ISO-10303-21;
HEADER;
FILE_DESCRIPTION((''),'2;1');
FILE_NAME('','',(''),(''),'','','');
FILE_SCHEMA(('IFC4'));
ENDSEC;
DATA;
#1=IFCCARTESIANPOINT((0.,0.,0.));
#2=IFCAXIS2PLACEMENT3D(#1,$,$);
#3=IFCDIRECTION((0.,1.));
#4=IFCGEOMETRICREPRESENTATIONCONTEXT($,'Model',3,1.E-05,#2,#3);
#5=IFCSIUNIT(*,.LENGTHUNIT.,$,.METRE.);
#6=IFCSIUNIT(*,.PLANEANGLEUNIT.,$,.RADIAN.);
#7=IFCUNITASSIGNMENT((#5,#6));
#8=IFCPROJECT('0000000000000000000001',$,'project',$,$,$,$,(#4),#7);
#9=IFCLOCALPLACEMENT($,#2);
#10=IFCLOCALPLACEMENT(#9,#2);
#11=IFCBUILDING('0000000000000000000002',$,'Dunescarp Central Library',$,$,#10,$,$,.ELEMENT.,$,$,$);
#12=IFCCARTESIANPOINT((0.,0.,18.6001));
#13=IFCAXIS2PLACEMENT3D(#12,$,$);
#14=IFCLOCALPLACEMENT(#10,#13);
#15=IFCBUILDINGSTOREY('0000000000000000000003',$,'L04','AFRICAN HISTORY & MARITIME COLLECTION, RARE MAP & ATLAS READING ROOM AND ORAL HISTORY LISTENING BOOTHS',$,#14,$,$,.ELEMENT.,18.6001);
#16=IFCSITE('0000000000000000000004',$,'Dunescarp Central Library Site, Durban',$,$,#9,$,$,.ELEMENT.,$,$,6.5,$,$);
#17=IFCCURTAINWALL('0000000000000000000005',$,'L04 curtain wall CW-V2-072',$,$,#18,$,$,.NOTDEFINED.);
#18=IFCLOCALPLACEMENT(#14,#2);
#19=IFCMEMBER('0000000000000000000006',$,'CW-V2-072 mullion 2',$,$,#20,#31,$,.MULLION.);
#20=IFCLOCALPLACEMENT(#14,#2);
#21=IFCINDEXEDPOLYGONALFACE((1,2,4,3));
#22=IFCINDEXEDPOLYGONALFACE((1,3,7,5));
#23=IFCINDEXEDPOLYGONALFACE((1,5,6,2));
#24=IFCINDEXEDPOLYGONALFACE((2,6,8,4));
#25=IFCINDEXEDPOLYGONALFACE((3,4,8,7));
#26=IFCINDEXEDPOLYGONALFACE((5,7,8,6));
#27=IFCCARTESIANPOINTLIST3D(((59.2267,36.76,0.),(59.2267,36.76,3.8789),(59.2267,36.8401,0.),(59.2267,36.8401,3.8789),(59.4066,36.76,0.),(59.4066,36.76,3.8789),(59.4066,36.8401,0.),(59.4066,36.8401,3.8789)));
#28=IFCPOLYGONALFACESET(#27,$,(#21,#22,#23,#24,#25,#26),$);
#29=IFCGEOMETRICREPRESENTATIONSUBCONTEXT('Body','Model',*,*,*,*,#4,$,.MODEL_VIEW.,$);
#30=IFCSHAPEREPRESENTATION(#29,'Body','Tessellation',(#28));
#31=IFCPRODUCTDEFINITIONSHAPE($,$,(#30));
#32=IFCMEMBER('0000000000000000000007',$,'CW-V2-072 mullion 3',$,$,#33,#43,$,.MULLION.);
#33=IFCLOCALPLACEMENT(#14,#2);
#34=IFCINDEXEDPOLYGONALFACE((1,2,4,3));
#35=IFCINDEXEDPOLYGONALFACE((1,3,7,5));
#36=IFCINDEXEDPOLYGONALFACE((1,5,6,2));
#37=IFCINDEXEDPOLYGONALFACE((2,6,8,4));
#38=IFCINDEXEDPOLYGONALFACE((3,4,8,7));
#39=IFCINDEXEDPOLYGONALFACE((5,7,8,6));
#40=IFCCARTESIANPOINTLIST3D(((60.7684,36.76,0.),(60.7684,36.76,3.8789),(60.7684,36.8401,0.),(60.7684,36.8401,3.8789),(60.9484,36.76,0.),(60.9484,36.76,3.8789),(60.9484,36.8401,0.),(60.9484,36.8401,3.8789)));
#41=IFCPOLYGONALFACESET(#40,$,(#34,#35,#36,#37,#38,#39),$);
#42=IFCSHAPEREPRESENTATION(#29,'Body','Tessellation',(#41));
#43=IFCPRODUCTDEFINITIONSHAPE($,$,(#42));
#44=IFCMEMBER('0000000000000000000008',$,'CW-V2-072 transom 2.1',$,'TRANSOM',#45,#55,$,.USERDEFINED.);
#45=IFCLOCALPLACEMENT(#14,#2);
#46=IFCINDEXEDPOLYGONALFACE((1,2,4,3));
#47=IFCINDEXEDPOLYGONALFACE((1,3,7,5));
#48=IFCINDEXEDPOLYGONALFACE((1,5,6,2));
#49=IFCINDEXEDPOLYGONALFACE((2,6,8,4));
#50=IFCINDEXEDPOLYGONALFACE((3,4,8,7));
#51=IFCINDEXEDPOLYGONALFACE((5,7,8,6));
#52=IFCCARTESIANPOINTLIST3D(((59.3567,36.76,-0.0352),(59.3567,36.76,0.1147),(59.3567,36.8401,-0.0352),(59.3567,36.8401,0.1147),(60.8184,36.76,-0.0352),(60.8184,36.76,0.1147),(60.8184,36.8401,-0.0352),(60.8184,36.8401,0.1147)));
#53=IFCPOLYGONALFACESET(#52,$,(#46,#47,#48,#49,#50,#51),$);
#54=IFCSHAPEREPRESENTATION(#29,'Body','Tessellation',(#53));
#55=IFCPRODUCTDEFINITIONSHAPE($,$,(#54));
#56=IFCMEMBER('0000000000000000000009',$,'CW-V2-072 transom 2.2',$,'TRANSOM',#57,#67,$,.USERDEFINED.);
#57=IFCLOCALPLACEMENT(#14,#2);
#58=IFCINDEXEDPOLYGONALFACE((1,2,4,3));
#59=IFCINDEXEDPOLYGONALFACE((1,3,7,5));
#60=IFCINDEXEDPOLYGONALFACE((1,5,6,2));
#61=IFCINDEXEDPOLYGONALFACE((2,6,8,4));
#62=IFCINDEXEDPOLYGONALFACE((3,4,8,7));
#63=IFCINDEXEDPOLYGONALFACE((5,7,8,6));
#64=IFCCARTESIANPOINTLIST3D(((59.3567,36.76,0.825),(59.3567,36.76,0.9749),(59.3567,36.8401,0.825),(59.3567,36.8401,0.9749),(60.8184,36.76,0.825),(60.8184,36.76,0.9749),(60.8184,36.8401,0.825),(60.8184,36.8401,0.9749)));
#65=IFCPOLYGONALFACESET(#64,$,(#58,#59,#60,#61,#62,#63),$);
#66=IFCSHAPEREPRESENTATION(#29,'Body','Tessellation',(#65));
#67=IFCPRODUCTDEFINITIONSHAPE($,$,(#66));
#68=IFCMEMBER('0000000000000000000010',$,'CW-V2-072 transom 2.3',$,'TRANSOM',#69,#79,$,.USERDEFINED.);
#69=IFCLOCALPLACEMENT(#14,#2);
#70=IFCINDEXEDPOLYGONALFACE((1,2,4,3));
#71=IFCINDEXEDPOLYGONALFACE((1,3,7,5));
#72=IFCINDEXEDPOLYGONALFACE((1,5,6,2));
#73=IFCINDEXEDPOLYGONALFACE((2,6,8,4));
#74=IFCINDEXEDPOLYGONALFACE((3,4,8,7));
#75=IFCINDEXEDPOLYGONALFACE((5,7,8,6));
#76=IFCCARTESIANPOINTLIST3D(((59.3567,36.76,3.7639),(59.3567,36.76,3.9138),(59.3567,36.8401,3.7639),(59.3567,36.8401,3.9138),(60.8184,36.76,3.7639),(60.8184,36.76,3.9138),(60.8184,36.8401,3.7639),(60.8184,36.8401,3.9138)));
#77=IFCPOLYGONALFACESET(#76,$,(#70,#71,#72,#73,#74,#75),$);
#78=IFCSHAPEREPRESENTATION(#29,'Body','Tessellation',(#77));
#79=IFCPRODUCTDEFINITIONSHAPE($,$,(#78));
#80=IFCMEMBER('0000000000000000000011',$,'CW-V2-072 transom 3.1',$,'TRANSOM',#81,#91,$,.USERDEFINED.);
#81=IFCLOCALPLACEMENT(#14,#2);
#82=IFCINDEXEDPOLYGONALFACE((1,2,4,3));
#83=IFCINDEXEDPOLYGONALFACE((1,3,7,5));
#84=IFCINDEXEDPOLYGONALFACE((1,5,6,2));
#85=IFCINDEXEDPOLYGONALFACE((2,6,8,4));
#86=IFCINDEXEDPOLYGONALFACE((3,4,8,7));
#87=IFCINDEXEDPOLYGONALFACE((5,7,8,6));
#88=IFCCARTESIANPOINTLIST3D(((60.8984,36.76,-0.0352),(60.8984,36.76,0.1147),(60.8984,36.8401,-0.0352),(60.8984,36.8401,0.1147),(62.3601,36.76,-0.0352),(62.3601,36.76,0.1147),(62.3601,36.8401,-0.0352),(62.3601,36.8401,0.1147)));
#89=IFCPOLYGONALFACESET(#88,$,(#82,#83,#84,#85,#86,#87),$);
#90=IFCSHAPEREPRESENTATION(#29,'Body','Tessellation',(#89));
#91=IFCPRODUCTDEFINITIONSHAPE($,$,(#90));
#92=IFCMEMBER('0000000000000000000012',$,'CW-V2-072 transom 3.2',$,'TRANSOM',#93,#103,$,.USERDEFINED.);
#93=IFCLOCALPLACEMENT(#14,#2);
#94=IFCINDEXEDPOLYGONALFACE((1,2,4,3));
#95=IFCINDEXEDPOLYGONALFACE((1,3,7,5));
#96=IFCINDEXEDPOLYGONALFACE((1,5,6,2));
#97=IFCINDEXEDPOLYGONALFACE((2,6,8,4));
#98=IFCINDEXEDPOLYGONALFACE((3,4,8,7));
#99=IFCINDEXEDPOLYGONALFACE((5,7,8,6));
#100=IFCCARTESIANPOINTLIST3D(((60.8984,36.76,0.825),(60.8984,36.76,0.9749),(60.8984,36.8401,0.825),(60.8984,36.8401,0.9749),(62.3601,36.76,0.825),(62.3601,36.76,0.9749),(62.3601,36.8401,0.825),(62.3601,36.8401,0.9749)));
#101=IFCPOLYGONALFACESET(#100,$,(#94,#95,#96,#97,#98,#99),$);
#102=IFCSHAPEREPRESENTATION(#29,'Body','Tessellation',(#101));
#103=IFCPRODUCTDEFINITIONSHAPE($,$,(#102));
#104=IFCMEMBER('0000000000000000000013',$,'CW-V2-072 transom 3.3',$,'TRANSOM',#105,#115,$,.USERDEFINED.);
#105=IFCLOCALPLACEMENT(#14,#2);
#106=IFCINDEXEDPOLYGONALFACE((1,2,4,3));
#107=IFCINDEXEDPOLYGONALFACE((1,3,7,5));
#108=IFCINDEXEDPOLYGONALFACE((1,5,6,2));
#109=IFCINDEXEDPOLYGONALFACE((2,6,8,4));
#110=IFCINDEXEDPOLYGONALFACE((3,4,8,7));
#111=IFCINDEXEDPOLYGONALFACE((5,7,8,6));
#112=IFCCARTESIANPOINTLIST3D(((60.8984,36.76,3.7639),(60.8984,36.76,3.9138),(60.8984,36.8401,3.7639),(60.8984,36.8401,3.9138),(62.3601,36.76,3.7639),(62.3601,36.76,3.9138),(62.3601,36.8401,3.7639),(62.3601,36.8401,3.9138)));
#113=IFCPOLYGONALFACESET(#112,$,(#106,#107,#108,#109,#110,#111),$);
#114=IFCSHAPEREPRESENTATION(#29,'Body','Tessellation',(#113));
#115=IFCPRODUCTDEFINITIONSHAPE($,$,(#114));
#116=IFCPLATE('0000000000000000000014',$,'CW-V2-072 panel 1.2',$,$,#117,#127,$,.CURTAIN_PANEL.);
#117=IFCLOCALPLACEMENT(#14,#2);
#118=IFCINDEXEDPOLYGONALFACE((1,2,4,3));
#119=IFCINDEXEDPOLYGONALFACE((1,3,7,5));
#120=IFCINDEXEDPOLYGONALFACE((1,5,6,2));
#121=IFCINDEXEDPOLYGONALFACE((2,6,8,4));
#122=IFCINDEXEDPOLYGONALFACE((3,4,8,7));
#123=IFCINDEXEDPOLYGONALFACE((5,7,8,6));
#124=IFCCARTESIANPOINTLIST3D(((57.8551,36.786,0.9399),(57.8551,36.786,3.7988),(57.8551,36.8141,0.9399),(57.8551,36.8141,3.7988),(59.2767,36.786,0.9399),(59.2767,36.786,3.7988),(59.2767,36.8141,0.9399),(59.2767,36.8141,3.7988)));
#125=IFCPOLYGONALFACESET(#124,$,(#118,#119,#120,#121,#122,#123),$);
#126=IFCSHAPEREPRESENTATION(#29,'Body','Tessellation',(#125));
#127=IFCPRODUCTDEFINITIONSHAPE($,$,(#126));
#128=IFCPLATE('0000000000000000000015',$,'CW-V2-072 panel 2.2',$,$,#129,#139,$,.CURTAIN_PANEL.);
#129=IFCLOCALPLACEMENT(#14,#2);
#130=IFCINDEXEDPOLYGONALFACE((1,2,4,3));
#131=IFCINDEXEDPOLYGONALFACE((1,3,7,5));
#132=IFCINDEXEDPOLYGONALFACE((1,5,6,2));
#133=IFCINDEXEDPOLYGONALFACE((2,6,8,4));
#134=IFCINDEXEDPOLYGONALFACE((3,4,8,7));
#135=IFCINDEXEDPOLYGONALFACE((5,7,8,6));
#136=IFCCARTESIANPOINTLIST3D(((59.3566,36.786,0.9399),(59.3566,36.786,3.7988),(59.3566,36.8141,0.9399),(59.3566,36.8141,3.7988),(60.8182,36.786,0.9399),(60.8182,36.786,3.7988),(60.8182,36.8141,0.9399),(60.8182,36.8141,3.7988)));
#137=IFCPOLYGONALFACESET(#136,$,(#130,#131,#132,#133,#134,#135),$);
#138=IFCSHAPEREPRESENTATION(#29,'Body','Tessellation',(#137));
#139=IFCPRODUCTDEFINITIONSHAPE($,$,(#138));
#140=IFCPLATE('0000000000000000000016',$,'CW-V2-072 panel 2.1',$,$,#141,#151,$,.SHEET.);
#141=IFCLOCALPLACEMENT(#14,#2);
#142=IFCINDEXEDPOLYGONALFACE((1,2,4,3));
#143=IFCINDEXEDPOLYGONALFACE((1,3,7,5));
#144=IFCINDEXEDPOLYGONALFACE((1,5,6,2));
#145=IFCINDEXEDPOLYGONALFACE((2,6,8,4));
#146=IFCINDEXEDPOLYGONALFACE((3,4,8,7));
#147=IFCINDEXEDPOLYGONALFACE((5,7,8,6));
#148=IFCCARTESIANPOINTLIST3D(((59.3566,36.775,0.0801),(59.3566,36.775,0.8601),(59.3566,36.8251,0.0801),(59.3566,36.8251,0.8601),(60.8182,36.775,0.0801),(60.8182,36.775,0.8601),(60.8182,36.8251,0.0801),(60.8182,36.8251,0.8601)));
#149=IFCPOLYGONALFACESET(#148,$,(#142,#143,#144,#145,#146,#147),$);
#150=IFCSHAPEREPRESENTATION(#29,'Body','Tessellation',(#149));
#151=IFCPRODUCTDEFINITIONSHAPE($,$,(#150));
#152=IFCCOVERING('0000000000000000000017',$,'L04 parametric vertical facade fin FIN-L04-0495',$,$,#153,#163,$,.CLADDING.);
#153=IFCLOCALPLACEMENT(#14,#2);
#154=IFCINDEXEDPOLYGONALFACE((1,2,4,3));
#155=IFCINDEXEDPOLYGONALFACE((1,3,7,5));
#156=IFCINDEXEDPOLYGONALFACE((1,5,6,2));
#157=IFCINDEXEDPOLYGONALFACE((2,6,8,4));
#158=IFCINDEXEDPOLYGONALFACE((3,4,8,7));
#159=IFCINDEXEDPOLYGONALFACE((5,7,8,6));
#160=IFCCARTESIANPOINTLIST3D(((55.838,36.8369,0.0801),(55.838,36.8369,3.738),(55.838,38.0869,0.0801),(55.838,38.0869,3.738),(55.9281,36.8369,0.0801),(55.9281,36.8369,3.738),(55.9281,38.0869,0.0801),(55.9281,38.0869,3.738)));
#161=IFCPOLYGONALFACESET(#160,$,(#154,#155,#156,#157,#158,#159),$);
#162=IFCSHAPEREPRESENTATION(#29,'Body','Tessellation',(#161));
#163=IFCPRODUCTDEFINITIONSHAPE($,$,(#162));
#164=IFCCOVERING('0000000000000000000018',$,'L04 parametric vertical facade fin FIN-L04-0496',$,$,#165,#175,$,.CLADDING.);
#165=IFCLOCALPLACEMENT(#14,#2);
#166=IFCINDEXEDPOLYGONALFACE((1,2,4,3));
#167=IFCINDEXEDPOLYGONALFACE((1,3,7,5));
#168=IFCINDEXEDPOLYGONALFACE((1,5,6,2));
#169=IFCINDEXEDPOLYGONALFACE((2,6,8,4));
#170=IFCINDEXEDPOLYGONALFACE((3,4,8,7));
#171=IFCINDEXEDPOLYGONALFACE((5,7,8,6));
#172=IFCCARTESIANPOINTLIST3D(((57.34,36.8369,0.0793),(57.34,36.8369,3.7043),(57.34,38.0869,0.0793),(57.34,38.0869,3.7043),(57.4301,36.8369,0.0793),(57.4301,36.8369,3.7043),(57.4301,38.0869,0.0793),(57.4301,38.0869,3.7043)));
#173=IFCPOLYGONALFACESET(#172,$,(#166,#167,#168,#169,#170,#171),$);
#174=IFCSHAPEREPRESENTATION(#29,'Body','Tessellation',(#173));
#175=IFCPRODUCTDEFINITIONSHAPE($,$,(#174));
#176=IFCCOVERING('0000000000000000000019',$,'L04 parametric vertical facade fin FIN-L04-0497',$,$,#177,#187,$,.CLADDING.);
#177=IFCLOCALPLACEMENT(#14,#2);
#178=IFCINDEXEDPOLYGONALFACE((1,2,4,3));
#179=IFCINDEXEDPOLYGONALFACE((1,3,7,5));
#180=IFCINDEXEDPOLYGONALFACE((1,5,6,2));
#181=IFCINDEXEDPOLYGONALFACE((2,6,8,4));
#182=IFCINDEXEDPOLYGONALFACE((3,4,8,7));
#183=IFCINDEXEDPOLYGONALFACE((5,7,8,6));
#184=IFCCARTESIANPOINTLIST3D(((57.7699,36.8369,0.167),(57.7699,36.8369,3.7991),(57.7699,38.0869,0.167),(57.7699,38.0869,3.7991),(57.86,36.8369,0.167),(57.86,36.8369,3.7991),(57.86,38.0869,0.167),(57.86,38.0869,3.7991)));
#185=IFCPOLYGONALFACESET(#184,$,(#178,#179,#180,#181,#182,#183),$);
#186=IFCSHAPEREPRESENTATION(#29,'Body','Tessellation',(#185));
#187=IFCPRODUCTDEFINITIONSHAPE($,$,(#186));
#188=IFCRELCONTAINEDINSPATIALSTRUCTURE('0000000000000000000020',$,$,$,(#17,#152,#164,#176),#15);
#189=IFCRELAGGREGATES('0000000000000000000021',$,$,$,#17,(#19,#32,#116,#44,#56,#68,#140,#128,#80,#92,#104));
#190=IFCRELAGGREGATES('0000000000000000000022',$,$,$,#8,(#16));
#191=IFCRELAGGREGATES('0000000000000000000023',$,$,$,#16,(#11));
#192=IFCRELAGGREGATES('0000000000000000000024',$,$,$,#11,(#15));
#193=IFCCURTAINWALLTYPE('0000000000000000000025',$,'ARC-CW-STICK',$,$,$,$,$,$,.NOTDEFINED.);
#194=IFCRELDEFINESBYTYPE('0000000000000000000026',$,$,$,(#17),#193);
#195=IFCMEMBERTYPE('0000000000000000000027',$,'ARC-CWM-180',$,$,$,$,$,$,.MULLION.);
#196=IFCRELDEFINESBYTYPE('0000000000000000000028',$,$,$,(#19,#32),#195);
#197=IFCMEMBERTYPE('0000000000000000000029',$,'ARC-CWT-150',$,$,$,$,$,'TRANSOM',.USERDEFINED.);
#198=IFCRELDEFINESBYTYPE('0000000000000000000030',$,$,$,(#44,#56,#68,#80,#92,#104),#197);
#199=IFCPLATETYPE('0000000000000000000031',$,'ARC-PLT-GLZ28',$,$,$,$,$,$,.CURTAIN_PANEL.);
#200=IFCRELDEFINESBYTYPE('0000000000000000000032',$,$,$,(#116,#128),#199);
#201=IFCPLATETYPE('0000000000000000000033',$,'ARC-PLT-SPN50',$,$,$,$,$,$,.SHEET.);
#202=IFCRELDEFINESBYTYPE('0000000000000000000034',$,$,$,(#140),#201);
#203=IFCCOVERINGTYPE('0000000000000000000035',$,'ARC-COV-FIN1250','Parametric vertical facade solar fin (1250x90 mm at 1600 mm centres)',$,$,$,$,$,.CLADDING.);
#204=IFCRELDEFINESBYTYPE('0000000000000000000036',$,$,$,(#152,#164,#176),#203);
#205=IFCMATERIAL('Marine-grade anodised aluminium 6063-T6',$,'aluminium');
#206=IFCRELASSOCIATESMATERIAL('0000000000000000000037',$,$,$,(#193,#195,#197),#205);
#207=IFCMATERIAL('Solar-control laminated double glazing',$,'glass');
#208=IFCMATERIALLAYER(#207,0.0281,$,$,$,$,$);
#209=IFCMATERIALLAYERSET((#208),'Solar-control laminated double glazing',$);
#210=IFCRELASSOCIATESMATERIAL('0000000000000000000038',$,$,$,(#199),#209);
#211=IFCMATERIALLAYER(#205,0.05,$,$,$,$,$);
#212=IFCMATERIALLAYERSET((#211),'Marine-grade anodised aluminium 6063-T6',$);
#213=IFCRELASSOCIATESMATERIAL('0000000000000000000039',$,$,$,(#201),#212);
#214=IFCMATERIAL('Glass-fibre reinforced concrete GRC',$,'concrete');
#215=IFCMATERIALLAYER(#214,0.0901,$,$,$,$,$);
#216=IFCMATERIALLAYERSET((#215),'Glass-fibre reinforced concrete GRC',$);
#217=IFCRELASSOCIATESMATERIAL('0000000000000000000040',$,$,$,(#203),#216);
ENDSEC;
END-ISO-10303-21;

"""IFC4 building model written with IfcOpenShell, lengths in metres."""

from ifc_helpers import new_model, si_unit, direction, frame, origin, origin_2d, place, context, subcontext, project, spatial, rectangle, extrude, material, layer, layer_set, material_profile, profile_set, type_object, element, aggregate, save


model = new_model("IFC4")

# Units and contexts
model_context = context("Model", 3, precision=1e-05, world=origin(), true_north=direction((0.0, 1.0)))
body_context = subcontext(model_context, "Body", "Model", "MODEL_VIEW")
ifc_project = project(units=[si_unit("LENGTHUNIT", "METRE"), si_unit("PLANEANGLEUNIT", "RADIAN")], contexts=[model_context])

# Site, building, storey
site_placement = place(None, origin())
site = spatial("IfcSite", under=ifc_project, at=site_placement, Name="Dunescarp Central Library Site, Durban", CompositionType="ELEMENT", RefElevation=6.5)
building_placement = place(site_placement, origin())
building = spatial("IfcBuilding", under=site, at=building_placement, Name="Dunescarp Central Library", CompositionType="ELEMENT")
storey_placement = place(building_placement, frame((0.0, 0.0, 18.6001)))
storey = spatial("IfcBuildingStorey", under=building, at=storey_placement, Name="L04", Description="AFRICAN HISTORY & MARITIME COLLECTION, RARE MAP & ATLAS READING ROOM AND ORAL HISTORY LISTENING BOOTHS", CompositionType="ELEMENT", Elevation=18.6001)

# Curtain wall, members, plates
ifc_material_1 = material(Name="Marine-grade anodised aluminium 6063-T6", Category="aluminium")
curtain_wall_type = type_object("IfcCurtainWallType", Name="ARC-CW-STICK", PredefinedType="NOTDEFINED", material=ifc_material_1)
curtain_wall_placement = place(storey_placement, origin())
curtain_wall = element("IfcCurtainWall", 1, at=curtain_wall_placement, inside=storey, type_object=curtain_wall_type, Name="L04 curtain wall CW-V2-072", PredefinedType="NOTDEFINED")
ifc_material_profile_1 = material_profile(ifc_material_1, rectangle(XDim=0.0801, YDim=0.1799, at=origin_2d()), Name="AL 80x180")
ifc_profile_set_1 = profile_set([ifc_material_profile_1], Name="Marine-grade anodised aluminium 6063-T6")
member_type_1 = type_object("IfcMemberType", Name="ARC-CWM-180", PredefinedType="MULLION", material=ifc_profile_set_1)
member_1_placement = place(storey_placement, frame((59.3167, 36.8, 0.0), z_axis=(0.0, 0.0, 1.0), x_axis=(0.0, 1.0, 0.0)))
member_1 = element("IfcMember", 2, at=member_1_placement, type_object=member_type_1, Name="CW-V2-072 mullion 2", PredefinedType="MULLION", context=body_context, shape_type="SweptSolid", body=[
    extrude(rectangle(XDim=0.0801, YDim=0.1799, at=origin_2d()), origin(), (0.0, 0.0, 1.0), 3.8789),
])
member_2_placement = place(storey_placement, frame((60.8584, 36.8, 0.0), z_axis=(0.0, 0.0, 1.0), x_axis=(0.0, 1.0, 0.0)))
member_2 = element("IfcMember", 3, at=member_2_placement, type_object=member_type_1, Name="CW-V2-072 mullion 3", PredefinedType="MULLION", context=body_context, shape_type="SweptSolid", body=[
    extrude(rectangle(XDim=0.0801, YDim=0.1799, at=origin_2d()), origin(), (0.0, 0.0, 1.0), 3.8789),
])
ifc_material_profile_2 = material_profile(ifc_material_1, rectangle(XDim=0.0801, YDim=0.1499, at=origin_2d()), Name="AL 80x150")
ifc_profile_set_2 = profile_set([ifc_material_profile_2], Name="Marine-grade anodised aluminium 6063-T6")
member_type_2 = type_object("IfcMemberType", Name="ARC-CWT-150", ElementType="TRANSOM", PredefinedType="USERDEFINED", material=ifc_profile_set_2)
member_3_placement = place(storey_placement, frame((59.3567, 36.8, 0.0398), z_axis=(1.0, 0.0, 0.0), x_axis=(0.0, 1.0, 0.0)))
member_3 = element("IfcMember", 4, at=member_3_placement, type_object=member_type_2, Name="CW-V2-072 transom 2.1", ObjectType="TRANSOM", PredefinedType="USERDEFINED", context=body_context, shape_type="SweptSolid", body=[
    extrude(rectangle(XDim=0.0801, YDim=0.1499, at=origin_2d()), origin(), (0.0, 0.0, 1.0), 1.4617),
])
member_4_placement = place(storey_placement, frame((59.3567, 36.8, 0.8999), z_axis=(1.0, 0.0, 0.0), x_axis=(0.0, 1.0, 0.0)))
member_4 = element("IfcMember", 5, at=member_4_placement, type_object=member_type_2, Name="CW-V2-072 transom 2.2", ObjectType="TRANSOM", PredefinedType="USERDEFINED", context=body_context, shape_type="SweptSolid", body=[
    extrude(rectangle(XDim=0.0801, YDim=0.1499, at=origin_2d()), origin(), (0.0, 0.0, 1.0), 1.4617),
])
member_5_placement = place(storey_placement, frame((59.3567, 36.8, 3.8389), z_axis=(1.0, 0.0, 0.0), x_axis=(0.0, 1.0, 0.0)))
member_5 = element("IfcMember", 6, at=member_5_placement, type_object=member_type_2, Name="CW-V2-072 transom 2.3", ObjectType="TRANSOM", PredefinedType="USERDEFINED", context=body_context, shape_type="SweptSolid", body=[
    extrude(rectangle(XDim=0.0801, YDim=0.1499, at=origin_2d()), origin(), (0.0, 0.0, 1.0), 1.4617),
])
member_6_placement = place(storey_placement, frame((60.8984, 36.8, 0.0398), z_axis=(1.0, 0.0, 0.0), x_axis=(0.0, 1.0, 0.0)))
member_6 = element("IfcMember", 7, at=member_6_placement, type_object=member_type_2, Name="CW-V2-072 transom 3.1", ObjectType="TRANSOM", PredefinedType="USERDEFINED", context=body_context, shape_type="SweptSolid", body=[
    extrude(rectangle(XDim=0.0801, YDim=0.1499, at=origin_2d()), origin(), (0.0, 0.0, 1.0), 1.4617),
])
member_7_placement = place(storey_placement, frame((60.8984, 36.8, 0.8999), z_axis=(1.0, 0.0, 0.0), x_axis=(0.0, 1.0, 0.0)))
member_7 = element("IfcMember", 8, at=member_7_placement, type_object=member_type_2, Name="CW-V2-072 transom 3.2", ObjectType="TRANSOM", PredefinedType="USERDEFINED", context=body_context, shape_type="SweptSolid", body=[
    extrude(rectangle(XDim=0.0801, YDim=0.1499, at=origin_2d()), origin(), (0.0, 0.0, 1.0), 1.4617),
])
member_8_placement = place(storey_placement, frame((60.8984, 36.8, 3.8389), z_axis=(1.0, 0.0, 0.0), x_axis=(0.0, 1.0, 0.0)))
member_8 = element("IfcMember", 9, at=member_8_placement, type_object=member_type_2, Name="CW-V2-072 transom 3.3", ObjectType="TRANSOM", PredefinedType="USERDEFINED", context=body_context, shape_type="SweptSolid", body=[
    extrude(rectangle(XDim=0.0801, YDim=0.1499, at=origin_2d()), origin(), (0.0, 0.0, 1.0), 1.4617),
])
ifc_material_2 = material(Name="Solar-control laminated double glazing", Category="glass")
ifc_layer_1 = layer(ifc_material_2, 0.0281)
ifc_layer_set_1 = layer_set([ifc_layer_1], Name="Solar-control laminated double glazing")
plate_type_1 = type_object("IfcPlateType", Name="ARC-PLT-GLZ28", PredefinedType="CURTAIN_PANEL", material=ifc_layer_set_1)
plate_1_placement = place(storey_placement, frame((58.5659, 36.8, 0.9399), z_axis=(0.0, 0.0, 1.0), x_axis=(1.0, 0.0, 0.0)))
plate_1 = element("IfcPlate", 10, at=plate_1_placement, type_object=plate_type_1, Name="CW-V2-072 panel 1.2", PredefinedType="CURTAIN_PANEL", context=body_context, shape_type="SweptSolid", body=[
    extrude(rectangle(XDim=1.4216, YDim=0.0281, at=origin_2d()), origin(), (0.0, 0.0, 1.0), 2.8589),
])
plate_2_placement = place(storey_placement, frame((60.0874, 36.8, 0.9399), z_axis=(0.0, 0.0, 1.0), x_axis=(1.0, 0.0, 0.0)))
plate_2 = element("IfcPlate", 11, at=plate_2_placement, type_object=plate_type_1, Name="CW-V2-072 panel 2.2", PredefinedType="CURTAIN_PANEL", context=body_context, shape_type="SweptSolid", body=[
    extrude(rectangle(XDim=1.4617, YDim=0.0281, at=origin_2d()), origin(), (0.0, 0.0, 1.0), 2.8589),
])
ifc_layer_2 = layer(ifc_material_1, 0.05)
ifc_layer_set_2 = layer_set([ifc_layer_2], Name="Marine-grade anodised aluminium 6063-T6")
plate_type_2 = type_object("IfcPlateType", Name="ARC-PLT-SPN50", PredefinedType="SHEET", material=ifc_layer_set_2)
plate_3_placement = place(storey_placement, frame((60.0874, 36.8, 0.0801), z_axis=(0.0, 0.0, 1.0), x_axis=(1.0, 0.0, 0.0)))
plate_3 = element("IfcPlate", 12, at=plate_3_placement, type_object=plate_type_2, Name="CW-V2-072 panel 2.1", PredefinedType="SHEET", context=body_context, shape_type="SweptSolid", body=[
    extrude(rectangle(XDim=1.4617, YDim=0.05, at=origin_2d()), origin(), (0.0, 0.0, 1.0), 0.78),
])
aggregate(curtain_wall, [member_1, member_2, plate_1, member_3, member_4, member_5, plate_3, plate_2, member_6, member_7, member_8])

# Coverings
ifc_material_3 = material(Name="Glass-fibre reinforced concrete GRC", Category="concrete")
ifc_layer_3 = layer(ifc_material_3, 0.0901)
ifc_layer_set_3 = layer_set([ifc_layer_3], Name="Glass-fibre reinforced concrete GRC")
covering_type = type_object("IfcCoveringType", Name="ARC-COV-FIN1250", Description="Parametric vertical facade solar fin (1250x90 mm at 1600 mm centres)", PredefinedType="CLADDING", material=ifc_layer_set_3)
covering_1_placement = place(storey_placement, frame((55.8831, 37.4619, 0.0801), z_axis=(0.0, 0.0, 1.0), x_axis=(0.0, 1.0, 0.0)))
element("IfcCovering", 13, at=covering_1_placement, inside=storey, type_object=covering_type, Name="L04 parametric vertical facade fin FIN-L04-0495", PredefinedType="CLADDING", context=body_context, shape_type="SweptSolid", body=[
    extrude(rectangle(XDim=1.25, YDim=0.0901, at=origin_2d()), origin(), (0.0, 0.0, 1.0), 3.658),
])
covering_2_placement = place(storey_placement, frame((57.385, 37.4619, 0.0793), z_axis=(0.0, 0.0, 1.0), x_axis=(0.0, 1.0, 0.0)))
element("IfcCovering", 14, at=covering_2_placement, inside=storey, type_object=covering_type, Name="L04 parametric vertical facade fin FIN-L04-0496", PredefinedType="CLADDING", context=body_context, shape_type="SweptSolid", body=[
    extrude(rectangle(XDim=1.25, YDim=0.0901, at=origin_2d()), origin(), (0.0, 0.0, 1.0), 3.625),
])
covering_3_placement = place(storey_placement, frame((57.8149, 37.4619, 0.167), z_axis=(0.0, 0.0, 1.0), x_axis=(0.0, 1.0, 0.0)))
element("IfcCovering", 15, at=covering_3_placement, inside=storey, type_object=covering_type, Name="L04 parametric vertical facade fin FIN-L04-0497", PredefinedType="CLADDING", context=body_context, shape_type="SweptSolid", body=[
    extrude(rectangle(XDim=1.25, YDim=0.0901, at=origin_2d()), origin(), (0.0, 0.0, 1.0), 3.6321),
])

save(model, "model.ifc")
